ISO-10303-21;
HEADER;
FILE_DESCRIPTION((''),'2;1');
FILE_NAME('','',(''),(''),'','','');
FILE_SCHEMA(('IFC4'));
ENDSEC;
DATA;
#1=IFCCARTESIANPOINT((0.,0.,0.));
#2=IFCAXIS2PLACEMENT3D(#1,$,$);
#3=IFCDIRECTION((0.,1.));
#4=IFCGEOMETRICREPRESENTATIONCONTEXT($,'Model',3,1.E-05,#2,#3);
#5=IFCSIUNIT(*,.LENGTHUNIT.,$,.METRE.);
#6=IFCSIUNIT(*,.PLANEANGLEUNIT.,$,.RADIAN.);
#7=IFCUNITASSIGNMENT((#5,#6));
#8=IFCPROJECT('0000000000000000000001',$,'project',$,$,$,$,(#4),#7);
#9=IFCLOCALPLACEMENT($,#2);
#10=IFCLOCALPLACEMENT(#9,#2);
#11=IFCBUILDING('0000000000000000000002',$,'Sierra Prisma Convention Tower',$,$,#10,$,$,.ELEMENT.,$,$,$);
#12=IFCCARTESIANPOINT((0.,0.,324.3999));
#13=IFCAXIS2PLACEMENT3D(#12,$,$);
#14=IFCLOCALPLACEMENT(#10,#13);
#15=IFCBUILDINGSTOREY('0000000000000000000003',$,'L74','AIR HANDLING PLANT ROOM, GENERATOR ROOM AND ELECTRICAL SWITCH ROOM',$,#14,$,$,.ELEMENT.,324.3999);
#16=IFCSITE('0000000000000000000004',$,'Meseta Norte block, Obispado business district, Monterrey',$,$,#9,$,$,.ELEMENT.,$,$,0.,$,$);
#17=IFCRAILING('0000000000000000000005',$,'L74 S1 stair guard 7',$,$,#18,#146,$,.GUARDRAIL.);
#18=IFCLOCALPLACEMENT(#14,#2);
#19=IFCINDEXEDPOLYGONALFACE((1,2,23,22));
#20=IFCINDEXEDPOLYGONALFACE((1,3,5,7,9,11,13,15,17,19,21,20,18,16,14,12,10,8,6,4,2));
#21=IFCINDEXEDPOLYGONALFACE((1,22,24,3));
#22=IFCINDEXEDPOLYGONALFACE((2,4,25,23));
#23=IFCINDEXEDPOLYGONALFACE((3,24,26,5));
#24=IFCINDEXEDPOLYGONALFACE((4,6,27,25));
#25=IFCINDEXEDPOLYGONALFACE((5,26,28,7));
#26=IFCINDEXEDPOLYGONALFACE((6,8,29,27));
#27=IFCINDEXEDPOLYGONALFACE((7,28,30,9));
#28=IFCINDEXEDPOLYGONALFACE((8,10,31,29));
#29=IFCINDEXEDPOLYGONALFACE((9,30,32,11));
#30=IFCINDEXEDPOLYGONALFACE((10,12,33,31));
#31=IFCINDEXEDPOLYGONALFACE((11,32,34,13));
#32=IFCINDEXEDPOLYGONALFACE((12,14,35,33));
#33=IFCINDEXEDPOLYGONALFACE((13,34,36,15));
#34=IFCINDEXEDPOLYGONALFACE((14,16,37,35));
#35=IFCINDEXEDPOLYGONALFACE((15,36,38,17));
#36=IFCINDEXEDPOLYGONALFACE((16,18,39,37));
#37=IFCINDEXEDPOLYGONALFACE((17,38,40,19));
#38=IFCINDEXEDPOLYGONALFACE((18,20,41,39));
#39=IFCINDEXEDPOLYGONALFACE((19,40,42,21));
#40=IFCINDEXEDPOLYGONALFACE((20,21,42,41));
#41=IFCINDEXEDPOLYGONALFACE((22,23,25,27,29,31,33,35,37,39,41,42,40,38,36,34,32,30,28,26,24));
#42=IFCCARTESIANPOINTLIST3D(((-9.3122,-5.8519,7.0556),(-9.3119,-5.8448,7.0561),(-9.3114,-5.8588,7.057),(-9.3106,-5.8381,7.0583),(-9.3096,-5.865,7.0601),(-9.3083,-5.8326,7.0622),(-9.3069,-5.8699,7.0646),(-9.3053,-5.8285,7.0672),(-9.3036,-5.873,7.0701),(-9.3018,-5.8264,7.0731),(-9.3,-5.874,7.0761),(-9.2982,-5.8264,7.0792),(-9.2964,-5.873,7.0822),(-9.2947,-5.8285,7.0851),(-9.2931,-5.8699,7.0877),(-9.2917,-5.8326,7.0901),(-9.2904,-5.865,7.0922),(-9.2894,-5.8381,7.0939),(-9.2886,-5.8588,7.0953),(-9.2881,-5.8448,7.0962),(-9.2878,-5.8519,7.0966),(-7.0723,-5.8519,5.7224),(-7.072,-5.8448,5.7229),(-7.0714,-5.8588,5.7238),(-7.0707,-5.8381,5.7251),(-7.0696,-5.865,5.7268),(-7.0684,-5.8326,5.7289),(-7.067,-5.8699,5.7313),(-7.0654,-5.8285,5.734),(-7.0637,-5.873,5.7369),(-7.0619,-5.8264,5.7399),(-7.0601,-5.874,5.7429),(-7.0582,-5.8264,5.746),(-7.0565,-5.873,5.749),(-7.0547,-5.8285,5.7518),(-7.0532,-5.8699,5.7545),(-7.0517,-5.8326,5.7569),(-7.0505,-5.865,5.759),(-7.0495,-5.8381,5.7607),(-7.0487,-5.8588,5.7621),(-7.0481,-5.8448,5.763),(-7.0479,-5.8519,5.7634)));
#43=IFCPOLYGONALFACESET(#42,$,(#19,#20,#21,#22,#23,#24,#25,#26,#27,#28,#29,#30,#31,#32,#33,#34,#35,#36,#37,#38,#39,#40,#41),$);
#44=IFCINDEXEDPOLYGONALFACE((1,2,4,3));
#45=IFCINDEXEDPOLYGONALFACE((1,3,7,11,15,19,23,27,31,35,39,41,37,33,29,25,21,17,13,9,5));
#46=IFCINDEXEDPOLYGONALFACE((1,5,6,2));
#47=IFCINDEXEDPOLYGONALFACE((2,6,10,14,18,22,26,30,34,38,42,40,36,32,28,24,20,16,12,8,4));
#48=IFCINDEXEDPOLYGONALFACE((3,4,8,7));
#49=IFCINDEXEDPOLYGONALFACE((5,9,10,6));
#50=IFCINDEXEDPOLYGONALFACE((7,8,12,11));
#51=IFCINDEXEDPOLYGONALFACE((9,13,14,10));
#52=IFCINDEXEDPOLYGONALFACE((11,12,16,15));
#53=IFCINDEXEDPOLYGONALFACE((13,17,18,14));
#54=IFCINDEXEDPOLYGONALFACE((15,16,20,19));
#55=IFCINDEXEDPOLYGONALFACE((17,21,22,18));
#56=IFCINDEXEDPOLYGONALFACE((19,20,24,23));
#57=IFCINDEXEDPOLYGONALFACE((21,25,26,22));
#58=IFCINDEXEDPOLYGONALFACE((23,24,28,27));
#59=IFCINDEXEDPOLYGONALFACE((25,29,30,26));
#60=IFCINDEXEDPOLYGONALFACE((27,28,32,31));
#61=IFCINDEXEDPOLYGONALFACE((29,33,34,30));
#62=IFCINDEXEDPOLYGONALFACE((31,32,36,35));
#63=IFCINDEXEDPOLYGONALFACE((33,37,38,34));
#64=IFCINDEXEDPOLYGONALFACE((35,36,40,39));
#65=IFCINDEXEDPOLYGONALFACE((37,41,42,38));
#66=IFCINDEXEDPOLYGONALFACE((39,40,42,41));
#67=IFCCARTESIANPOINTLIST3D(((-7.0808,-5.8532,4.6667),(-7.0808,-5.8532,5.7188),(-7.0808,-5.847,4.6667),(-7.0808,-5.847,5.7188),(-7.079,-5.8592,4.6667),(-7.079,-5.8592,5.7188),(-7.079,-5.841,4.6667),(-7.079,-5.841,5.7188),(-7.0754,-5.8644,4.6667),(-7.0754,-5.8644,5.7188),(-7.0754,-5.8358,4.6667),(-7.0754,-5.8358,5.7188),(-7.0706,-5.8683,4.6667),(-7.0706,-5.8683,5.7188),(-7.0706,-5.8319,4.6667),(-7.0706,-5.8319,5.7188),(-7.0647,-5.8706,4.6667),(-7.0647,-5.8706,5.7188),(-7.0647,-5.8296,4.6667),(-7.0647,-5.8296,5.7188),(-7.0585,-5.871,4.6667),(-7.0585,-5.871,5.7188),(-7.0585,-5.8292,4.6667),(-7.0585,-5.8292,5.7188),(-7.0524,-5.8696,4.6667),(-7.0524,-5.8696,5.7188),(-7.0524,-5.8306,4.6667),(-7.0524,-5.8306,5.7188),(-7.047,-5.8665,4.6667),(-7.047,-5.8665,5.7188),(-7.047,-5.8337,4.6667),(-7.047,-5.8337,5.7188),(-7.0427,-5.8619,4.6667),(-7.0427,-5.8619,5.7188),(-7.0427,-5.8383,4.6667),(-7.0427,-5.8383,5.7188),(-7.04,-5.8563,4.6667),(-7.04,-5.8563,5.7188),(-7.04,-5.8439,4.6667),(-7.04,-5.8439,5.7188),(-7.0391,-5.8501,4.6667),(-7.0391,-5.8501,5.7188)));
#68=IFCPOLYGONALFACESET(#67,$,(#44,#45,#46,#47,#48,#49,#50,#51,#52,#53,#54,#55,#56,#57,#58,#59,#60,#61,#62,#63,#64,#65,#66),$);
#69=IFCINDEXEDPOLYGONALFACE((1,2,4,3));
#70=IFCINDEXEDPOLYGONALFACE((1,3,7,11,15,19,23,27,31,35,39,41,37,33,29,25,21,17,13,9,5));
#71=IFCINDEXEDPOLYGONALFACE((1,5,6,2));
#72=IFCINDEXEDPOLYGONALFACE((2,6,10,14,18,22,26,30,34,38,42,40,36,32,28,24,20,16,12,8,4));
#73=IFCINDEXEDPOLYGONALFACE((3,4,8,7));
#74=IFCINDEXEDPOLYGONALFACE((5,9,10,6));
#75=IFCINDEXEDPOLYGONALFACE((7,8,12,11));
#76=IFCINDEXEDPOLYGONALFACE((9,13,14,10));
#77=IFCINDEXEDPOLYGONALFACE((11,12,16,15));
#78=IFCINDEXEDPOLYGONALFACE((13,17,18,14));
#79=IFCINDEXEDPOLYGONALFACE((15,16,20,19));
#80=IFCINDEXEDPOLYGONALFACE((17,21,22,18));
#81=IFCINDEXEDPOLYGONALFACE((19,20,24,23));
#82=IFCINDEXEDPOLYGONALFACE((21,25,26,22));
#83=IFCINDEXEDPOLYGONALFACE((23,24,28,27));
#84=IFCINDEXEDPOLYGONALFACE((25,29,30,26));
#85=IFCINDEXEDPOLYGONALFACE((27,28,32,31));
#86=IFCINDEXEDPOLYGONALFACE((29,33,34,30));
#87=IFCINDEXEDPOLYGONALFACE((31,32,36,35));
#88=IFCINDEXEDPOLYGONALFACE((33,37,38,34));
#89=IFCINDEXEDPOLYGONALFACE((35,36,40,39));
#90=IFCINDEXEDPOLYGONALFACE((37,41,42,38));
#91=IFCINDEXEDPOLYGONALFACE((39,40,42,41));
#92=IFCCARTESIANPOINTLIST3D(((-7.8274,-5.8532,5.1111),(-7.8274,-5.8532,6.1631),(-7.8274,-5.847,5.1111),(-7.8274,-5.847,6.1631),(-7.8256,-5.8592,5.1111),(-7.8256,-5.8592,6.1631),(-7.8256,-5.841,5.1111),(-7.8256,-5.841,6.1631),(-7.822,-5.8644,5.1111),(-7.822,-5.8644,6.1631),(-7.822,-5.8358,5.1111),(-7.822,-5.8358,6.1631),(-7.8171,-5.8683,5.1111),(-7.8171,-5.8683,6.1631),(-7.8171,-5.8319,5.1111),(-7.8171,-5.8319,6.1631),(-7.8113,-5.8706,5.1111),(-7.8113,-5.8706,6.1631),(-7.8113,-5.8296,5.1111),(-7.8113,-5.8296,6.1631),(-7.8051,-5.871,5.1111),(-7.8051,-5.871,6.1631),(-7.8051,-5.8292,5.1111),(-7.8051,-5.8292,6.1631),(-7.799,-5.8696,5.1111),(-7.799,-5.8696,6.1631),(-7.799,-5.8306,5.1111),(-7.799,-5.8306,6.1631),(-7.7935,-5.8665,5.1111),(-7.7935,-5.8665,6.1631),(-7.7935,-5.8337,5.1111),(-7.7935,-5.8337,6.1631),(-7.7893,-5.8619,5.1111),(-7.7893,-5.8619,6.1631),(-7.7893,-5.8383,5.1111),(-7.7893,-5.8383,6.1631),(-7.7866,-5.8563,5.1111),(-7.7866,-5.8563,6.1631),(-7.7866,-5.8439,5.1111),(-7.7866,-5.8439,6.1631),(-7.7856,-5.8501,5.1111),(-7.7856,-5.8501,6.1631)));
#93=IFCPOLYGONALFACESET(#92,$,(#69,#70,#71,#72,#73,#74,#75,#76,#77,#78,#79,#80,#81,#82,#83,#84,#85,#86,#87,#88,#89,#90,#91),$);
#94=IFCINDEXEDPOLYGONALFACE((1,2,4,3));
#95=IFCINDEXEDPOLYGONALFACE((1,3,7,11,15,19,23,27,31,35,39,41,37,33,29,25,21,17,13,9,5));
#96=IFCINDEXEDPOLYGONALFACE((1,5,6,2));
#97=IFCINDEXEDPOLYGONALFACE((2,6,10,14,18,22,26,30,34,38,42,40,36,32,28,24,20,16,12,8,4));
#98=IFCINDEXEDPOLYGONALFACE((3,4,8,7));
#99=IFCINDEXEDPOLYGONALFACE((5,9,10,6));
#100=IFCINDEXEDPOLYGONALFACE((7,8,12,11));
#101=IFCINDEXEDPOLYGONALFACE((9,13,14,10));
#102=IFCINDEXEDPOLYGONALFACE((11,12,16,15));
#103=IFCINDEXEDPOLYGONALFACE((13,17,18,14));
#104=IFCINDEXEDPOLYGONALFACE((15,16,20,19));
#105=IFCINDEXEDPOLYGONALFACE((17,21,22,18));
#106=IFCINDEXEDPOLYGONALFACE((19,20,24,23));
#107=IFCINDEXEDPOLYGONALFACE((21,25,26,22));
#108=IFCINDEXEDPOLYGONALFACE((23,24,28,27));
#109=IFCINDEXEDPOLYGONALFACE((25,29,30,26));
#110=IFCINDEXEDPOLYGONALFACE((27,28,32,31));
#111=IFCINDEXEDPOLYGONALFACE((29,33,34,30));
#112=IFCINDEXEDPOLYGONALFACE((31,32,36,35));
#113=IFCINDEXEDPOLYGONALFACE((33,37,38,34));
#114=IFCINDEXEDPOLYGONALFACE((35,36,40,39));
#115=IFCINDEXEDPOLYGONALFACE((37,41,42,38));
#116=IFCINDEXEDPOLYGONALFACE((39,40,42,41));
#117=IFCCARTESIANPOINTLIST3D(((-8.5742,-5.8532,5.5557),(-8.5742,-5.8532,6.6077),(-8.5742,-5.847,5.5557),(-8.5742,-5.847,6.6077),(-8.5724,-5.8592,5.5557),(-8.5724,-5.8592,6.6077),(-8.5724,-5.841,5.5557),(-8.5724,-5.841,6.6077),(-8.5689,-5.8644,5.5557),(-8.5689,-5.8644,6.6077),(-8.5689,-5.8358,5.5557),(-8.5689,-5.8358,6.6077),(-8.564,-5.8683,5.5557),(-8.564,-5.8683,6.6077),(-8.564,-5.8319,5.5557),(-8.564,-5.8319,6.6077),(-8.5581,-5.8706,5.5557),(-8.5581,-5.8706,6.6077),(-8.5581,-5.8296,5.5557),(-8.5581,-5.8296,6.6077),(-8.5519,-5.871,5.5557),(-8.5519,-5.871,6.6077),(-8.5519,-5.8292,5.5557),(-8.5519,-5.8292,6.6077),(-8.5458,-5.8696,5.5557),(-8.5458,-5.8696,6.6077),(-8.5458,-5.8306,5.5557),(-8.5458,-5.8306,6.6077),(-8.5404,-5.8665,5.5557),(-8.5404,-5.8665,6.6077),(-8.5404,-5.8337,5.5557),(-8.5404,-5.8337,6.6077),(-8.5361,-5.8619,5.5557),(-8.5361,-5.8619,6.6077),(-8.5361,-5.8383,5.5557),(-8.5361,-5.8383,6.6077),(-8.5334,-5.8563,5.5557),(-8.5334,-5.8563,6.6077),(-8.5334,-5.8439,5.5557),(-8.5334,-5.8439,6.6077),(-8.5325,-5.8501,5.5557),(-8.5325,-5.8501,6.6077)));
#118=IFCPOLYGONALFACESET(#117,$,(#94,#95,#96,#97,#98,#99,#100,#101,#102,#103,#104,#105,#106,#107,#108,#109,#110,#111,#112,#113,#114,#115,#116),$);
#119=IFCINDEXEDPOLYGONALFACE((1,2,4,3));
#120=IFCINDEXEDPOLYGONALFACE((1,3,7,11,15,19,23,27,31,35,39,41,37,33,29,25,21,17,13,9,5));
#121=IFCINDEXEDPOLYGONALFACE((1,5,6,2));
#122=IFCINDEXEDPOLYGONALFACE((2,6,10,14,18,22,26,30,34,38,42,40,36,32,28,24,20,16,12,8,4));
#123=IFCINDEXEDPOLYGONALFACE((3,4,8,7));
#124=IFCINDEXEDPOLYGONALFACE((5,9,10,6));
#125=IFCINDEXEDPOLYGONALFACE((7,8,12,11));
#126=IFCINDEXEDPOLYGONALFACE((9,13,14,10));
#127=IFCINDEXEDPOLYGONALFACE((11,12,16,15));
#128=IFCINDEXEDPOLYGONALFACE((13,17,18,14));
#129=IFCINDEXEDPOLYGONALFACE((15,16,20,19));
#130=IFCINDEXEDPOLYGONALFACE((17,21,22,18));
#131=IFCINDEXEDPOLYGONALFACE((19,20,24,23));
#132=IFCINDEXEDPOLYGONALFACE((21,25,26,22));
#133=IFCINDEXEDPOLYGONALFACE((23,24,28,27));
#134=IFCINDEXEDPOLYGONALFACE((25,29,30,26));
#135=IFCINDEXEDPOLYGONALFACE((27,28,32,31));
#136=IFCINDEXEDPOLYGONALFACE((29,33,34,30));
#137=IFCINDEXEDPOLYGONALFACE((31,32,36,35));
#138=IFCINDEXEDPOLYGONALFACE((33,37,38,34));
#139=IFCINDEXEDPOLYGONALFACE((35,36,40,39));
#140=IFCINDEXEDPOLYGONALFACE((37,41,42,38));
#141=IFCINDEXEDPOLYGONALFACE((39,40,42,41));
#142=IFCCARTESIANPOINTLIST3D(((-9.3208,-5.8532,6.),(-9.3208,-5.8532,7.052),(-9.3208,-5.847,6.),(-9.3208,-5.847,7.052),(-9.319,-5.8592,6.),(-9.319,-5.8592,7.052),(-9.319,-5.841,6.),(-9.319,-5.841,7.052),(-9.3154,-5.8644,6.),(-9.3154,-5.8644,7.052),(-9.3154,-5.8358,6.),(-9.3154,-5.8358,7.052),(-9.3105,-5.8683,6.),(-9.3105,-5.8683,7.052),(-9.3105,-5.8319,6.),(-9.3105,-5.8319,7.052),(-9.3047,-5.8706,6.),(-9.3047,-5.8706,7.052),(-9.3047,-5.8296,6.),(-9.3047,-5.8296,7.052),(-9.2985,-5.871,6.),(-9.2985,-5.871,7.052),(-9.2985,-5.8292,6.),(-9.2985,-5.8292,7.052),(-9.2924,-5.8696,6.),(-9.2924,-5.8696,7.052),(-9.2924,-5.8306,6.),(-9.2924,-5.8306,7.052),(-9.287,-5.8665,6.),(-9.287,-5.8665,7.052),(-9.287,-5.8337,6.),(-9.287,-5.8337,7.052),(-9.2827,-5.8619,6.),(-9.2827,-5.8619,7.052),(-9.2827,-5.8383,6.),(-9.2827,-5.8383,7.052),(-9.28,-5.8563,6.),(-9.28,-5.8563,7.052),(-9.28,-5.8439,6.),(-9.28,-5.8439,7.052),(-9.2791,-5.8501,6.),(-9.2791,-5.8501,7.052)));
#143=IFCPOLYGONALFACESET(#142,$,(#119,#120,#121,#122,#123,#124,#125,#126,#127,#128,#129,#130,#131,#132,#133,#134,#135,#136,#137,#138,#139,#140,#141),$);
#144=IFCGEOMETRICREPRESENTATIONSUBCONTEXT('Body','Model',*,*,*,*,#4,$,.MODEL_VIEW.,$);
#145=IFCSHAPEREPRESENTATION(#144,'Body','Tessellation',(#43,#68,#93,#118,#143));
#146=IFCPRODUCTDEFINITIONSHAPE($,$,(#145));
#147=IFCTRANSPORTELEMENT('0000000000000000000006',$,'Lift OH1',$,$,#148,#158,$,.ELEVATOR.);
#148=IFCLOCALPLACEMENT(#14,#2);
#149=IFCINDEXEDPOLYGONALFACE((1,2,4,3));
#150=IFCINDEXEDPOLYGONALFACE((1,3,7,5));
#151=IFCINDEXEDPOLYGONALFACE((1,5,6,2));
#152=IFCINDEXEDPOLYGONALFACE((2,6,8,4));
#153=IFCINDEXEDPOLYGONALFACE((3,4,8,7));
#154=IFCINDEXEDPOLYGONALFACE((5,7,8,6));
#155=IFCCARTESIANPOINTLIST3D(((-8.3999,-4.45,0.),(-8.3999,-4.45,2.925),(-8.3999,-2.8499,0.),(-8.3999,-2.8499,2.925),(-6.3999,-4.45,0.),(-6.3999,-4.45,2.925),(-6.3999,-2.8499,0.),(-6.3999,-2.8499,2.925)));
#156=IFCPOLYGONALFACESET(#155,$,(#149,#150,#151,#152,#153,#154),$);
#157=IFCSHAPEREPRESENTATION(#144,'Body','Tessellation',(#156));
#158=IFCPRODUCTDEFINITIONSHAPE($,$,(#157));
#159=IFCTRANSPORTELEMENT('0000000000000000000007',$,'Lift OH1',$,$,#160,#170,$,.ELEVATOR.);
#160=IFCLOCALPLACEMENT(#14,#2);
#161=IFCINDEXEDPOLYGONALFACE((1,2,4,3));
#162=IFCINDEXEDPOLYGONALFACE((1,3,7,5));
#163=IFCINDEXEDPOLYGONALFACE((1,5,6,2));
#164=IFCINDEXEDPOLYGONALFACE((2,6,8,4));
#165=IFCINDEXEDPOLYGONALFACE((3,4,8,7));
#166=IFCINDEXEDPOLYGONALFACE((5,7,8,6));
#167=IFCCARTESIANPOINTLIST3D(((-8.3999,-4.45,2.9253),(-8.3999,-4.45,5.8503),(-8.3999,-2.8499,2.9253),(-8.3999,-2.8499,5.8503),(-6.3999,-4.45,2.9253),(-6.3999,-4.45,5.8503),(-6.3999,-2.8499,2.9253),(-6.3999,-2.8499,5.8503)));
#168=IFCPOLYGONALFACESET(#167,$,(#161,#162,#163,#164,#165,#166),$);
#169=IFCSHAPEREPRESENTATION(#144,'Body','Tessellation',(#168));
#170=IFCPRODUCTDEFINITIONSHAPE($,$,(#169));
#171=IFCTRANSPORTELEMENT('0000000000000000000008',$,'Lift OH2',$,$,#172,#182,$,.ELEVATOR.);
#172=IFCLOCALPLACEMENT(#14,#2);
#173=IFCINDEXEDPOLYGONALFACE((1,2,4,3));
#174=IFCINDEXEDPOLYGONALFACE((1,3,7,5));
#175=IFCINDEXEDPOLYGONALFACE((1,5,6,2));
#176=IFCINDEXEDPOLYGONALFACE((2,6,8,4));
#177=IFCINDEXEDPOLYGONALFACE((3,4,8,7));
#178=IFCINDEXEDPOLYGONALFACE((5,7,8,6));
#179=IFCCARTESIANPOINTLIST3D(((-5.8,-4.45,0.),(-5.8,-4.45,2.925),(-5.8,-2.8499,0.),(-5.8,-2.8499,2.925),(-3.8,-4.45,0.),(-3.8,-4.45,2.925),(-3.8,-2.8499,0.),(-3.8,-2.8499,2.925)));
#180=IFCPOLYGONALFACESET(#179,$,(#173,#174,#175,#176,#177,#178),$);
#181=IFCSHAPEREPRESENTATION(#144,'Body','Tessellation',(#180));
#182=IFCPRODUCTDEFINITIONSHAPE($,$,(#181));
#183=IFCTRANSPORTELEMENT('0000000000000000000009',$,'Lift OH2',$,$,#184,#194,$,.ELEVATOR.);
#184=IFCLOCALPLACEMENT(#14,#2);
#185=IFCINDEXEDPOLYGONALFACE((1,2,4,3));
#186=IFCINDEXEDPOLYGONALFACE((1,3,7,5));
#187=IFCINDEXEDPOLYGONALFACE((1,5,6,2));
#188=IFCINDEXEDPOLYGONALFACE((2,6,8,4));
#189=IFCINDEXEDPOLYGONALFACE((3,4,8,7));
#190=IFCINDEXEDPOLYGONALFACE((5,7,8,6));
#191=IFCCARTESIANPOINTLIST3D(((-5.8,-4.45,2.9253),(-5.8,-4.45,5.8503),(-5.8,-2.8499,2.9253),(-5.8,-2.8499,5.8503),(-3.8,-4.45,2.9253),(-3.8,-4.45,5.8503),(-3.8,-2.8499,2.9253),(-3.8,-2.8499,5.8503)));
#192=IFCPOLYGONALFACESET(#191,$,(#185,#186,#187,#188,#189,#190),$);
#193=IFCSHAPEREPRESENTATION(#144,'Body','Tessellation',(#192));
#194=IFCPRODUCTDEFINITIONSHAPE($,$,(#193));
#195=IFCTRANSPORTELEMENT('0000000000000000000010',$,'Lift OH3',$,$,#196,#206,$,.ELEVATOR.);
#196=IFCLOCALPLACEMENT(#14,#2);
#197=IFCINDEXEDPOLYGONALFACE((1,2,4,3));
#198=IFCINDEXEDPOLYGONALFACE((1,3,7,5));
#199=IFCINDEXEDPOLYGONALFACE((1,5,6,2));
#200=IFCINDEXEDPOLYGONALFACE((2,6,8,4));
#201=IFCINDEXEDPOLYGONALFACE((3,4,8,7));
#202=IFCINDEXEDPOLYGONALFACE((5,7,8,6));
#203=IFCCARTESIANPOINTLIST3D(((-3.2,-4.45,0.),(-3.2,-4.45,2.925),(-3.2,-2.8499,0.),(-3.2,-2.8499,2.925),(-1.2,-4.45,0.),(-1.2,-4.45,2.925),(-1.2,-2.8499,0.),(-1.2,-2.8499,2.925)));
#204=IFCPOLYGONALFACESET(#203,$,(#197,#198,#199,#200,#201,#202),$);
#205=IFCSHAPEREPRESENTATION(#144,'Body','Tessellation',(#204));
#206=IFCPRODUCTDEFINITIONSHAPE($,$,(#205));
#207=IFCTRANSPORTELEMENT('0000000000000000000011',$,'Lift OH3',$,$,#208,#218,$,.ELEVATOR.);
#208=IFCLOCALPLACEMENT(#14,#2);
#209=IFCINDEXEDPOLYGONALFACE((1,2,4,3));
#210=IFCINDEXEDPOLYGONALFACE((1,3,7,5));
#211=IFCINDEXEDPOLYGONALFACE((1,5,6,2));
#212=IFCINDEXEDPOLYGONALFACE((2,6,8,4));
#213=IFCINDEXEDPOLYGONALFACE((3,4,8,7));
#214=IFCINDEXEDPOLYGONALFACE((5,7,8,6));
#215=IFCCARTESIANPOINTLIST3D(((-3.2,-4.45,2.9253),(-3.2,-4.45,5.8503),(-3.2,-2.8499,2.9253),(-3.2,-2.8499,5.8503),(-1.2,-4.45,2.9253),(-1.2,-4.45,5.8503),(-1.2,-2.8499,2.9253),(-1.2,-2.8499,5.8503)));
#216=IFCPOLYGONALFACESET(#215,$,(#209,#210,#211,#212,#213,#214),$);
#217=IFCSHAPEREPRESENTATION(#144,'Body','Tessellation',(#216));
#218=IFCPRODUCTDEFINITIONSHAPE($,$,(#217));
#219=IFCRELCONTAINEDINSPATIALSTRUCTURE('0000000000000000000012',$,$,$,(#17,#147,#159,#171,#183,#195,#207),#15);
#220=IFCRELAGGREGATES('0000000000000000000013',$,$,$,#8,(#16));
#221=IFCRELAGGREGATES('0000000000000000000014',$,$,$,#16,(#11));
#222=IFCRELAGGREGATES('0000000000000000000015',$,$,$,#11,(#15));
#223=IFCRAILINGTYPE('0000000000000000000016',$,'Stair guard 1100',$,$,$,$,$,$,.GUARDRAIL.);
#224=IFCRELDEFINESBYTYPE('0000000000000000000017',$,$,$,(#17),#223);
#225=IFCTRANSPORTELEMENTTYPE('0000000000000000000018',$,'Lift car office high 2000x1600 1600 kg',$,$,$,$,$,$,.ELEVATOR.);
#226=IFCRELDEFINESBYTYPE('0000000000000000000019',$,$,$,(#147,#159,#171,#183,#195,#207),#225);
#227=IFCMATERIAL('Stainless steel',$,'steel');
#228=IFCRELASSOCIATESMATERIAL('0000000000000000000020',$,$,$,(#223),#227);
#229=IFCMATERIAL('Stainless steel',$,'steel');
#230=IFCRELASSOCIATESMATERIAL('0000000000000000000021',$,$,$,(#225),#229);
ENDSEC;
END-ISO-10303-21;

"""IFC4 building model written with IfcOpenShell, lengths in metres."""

from ifc_helpers import new_model, si_unit, direction, frame, origin, origin_2d, place, context, subcontext, project, spatial, rectangle, circle, extrude, material, type_object, element, save


model = new_model("IFC4")

# Units and contexts
model_context = context("Model", 3, precision=1e-05, world=origin(), true_north=direction((0.0, 1.0)))
body_context = subcontext(model_context, "Body", "Model", "MODEL_VIEW")
ifc_project = project(units=[si_unit("LENGTHUNIT", "METRE"), si_unit("PLANEANGLEUNIT", "RADIAN")], contexts=[model_context])

# Site, building, storey
site_placement = place(None, origin())
site = spatial("IfcSite", under=ifc_project, at=site_placement, Name="Meseta Norte block, Obispado business district, Monterrey", CompositionType="ELEMENT", RefElevation=0.0)
building_placement = place(site_placement, origin())
building = spatial("IfcBuilding", under=site, at=building_placement, Name="Sierra Prisma Convention Tower", CompositionType="ELEMENT")
storey_placement = place(building_placement, frame((0.0, 0.0, 324.3999)))
storey = spatial("IfcBuildingStorey", under=building, at=storey_placement, Name="L74", Description="AIR HANDLING PLANT ROOM, GENERATOR ROOM AND ELECTRICAL SWITCH ROOM", CompositionType="ELEMENT", Elevation=324.3999)

# Railing
ifc_material_1 = material(Name="Stainless steel", Category="steel")
railing_type_1 = type_object("IfcRailingType", Name="Stair guard 1100", PredefinedType="GUARDRAIL", material=ifc_material_1)
for number, where, name in (
    (1, (-7.0601, -5.8501, 4.6667), "L74 S1 stair guard 7"),
):
    element("IfcRailing", number, at=place(storey_placement, frame(where)), inside=storey, type_object=railing_type_1, Name=name, PredefinedType="GUARDRAIL", context=body_context, shape_type="SweptSolid", body=[
        extrude(circle(Radius=0.0239, at=origin_2d()), frame((0.0, 0.0, 1.0762), z_axis=(-0.859306, 0.0, 0.511462), x_axis=(0.0, -1.0, 0.0)), (0.0, 0.0, 1.0), 2.6067),
        extrude(circle(Radius=0.021, at=origin_2d()), origin(), (0.0, 0.0, 1.0), 1.052),
        extrude(circle(Radius=0.021, at=origin_2d()), frame((-0.7466, 0.0, 0.4443)), (0.0, 0.0, 1.0), 1.052),
        extrude(circle(Radius=0.021, at=origin_2d()), frame((-1.4934, 0.0, 0.8889)), (0.0, 0.0, 1.0), 1.052),
        extrude(circle(Radius=0.021, at=origin_2d()), frame((-2.24, 0.0, 1.3333)), (0.0, 0.0, 1.0), 1.052),
    ])

# Transport elements
ifc_material_2 = material(Name="Stainless steel", Category="steel")
transport_element_type = type_object("IfcTransportElementType", Name="Lift car office high 2000x1600 1600 kg", PredefinedType="ELEVATOR", material=ifc_material_2)
for number, where, z_axis, x_axis, name in (
    (2, (-7.3999, -3.6499, 0.0), (0.0, 0.0, 1.0), (1.0, 0.0, 0.0), "Lift OH1"),
    (3, (-7.3999, -3.6499, 2.9253), (0.0, 0.0, 1.0), (1.0, 0.0, 0.0), "Lift OH1"),
    (4, (-4.8, -3.6499, 0.0), (0.0, 0.0, 1.0), (1.0, 0.0, 0.0), "Lift OH2"),
    (5, (-4.8, -3.6499, 2.9253), (0.0, 0.0, 1.0), (1.0, 0.0, 0.0), "Lift OH2"),
    (6, (-2.2, -3.6499, 0.0), (0.0, 0.0, 1.0), (1.0, 0.0, 0.0), "Lift OH3"),
    (7, (-2.2, -3.6499, 2.9253), (0.0, 0.0, 1.0), (1.0, 0.0, 0.0), "Lift OH3"),
):
    element("IfcTransportElement", number, at=place(storey_placement, frame(where, z_axis=z_axis, x_axis=x_axis)), inside=storey, type_object=transport_element_type, Name=name, PredefinedType="ELEVATOR", context=body_context, shape_type="SweptSolid", body=[
        extrude(rectangle(XDim=2.0, YDim=1.6001, at=origin_2d()), origin(), (0.0, 0.0, 1.0), 2.925),
    ])

save(model, "model.ifc")
